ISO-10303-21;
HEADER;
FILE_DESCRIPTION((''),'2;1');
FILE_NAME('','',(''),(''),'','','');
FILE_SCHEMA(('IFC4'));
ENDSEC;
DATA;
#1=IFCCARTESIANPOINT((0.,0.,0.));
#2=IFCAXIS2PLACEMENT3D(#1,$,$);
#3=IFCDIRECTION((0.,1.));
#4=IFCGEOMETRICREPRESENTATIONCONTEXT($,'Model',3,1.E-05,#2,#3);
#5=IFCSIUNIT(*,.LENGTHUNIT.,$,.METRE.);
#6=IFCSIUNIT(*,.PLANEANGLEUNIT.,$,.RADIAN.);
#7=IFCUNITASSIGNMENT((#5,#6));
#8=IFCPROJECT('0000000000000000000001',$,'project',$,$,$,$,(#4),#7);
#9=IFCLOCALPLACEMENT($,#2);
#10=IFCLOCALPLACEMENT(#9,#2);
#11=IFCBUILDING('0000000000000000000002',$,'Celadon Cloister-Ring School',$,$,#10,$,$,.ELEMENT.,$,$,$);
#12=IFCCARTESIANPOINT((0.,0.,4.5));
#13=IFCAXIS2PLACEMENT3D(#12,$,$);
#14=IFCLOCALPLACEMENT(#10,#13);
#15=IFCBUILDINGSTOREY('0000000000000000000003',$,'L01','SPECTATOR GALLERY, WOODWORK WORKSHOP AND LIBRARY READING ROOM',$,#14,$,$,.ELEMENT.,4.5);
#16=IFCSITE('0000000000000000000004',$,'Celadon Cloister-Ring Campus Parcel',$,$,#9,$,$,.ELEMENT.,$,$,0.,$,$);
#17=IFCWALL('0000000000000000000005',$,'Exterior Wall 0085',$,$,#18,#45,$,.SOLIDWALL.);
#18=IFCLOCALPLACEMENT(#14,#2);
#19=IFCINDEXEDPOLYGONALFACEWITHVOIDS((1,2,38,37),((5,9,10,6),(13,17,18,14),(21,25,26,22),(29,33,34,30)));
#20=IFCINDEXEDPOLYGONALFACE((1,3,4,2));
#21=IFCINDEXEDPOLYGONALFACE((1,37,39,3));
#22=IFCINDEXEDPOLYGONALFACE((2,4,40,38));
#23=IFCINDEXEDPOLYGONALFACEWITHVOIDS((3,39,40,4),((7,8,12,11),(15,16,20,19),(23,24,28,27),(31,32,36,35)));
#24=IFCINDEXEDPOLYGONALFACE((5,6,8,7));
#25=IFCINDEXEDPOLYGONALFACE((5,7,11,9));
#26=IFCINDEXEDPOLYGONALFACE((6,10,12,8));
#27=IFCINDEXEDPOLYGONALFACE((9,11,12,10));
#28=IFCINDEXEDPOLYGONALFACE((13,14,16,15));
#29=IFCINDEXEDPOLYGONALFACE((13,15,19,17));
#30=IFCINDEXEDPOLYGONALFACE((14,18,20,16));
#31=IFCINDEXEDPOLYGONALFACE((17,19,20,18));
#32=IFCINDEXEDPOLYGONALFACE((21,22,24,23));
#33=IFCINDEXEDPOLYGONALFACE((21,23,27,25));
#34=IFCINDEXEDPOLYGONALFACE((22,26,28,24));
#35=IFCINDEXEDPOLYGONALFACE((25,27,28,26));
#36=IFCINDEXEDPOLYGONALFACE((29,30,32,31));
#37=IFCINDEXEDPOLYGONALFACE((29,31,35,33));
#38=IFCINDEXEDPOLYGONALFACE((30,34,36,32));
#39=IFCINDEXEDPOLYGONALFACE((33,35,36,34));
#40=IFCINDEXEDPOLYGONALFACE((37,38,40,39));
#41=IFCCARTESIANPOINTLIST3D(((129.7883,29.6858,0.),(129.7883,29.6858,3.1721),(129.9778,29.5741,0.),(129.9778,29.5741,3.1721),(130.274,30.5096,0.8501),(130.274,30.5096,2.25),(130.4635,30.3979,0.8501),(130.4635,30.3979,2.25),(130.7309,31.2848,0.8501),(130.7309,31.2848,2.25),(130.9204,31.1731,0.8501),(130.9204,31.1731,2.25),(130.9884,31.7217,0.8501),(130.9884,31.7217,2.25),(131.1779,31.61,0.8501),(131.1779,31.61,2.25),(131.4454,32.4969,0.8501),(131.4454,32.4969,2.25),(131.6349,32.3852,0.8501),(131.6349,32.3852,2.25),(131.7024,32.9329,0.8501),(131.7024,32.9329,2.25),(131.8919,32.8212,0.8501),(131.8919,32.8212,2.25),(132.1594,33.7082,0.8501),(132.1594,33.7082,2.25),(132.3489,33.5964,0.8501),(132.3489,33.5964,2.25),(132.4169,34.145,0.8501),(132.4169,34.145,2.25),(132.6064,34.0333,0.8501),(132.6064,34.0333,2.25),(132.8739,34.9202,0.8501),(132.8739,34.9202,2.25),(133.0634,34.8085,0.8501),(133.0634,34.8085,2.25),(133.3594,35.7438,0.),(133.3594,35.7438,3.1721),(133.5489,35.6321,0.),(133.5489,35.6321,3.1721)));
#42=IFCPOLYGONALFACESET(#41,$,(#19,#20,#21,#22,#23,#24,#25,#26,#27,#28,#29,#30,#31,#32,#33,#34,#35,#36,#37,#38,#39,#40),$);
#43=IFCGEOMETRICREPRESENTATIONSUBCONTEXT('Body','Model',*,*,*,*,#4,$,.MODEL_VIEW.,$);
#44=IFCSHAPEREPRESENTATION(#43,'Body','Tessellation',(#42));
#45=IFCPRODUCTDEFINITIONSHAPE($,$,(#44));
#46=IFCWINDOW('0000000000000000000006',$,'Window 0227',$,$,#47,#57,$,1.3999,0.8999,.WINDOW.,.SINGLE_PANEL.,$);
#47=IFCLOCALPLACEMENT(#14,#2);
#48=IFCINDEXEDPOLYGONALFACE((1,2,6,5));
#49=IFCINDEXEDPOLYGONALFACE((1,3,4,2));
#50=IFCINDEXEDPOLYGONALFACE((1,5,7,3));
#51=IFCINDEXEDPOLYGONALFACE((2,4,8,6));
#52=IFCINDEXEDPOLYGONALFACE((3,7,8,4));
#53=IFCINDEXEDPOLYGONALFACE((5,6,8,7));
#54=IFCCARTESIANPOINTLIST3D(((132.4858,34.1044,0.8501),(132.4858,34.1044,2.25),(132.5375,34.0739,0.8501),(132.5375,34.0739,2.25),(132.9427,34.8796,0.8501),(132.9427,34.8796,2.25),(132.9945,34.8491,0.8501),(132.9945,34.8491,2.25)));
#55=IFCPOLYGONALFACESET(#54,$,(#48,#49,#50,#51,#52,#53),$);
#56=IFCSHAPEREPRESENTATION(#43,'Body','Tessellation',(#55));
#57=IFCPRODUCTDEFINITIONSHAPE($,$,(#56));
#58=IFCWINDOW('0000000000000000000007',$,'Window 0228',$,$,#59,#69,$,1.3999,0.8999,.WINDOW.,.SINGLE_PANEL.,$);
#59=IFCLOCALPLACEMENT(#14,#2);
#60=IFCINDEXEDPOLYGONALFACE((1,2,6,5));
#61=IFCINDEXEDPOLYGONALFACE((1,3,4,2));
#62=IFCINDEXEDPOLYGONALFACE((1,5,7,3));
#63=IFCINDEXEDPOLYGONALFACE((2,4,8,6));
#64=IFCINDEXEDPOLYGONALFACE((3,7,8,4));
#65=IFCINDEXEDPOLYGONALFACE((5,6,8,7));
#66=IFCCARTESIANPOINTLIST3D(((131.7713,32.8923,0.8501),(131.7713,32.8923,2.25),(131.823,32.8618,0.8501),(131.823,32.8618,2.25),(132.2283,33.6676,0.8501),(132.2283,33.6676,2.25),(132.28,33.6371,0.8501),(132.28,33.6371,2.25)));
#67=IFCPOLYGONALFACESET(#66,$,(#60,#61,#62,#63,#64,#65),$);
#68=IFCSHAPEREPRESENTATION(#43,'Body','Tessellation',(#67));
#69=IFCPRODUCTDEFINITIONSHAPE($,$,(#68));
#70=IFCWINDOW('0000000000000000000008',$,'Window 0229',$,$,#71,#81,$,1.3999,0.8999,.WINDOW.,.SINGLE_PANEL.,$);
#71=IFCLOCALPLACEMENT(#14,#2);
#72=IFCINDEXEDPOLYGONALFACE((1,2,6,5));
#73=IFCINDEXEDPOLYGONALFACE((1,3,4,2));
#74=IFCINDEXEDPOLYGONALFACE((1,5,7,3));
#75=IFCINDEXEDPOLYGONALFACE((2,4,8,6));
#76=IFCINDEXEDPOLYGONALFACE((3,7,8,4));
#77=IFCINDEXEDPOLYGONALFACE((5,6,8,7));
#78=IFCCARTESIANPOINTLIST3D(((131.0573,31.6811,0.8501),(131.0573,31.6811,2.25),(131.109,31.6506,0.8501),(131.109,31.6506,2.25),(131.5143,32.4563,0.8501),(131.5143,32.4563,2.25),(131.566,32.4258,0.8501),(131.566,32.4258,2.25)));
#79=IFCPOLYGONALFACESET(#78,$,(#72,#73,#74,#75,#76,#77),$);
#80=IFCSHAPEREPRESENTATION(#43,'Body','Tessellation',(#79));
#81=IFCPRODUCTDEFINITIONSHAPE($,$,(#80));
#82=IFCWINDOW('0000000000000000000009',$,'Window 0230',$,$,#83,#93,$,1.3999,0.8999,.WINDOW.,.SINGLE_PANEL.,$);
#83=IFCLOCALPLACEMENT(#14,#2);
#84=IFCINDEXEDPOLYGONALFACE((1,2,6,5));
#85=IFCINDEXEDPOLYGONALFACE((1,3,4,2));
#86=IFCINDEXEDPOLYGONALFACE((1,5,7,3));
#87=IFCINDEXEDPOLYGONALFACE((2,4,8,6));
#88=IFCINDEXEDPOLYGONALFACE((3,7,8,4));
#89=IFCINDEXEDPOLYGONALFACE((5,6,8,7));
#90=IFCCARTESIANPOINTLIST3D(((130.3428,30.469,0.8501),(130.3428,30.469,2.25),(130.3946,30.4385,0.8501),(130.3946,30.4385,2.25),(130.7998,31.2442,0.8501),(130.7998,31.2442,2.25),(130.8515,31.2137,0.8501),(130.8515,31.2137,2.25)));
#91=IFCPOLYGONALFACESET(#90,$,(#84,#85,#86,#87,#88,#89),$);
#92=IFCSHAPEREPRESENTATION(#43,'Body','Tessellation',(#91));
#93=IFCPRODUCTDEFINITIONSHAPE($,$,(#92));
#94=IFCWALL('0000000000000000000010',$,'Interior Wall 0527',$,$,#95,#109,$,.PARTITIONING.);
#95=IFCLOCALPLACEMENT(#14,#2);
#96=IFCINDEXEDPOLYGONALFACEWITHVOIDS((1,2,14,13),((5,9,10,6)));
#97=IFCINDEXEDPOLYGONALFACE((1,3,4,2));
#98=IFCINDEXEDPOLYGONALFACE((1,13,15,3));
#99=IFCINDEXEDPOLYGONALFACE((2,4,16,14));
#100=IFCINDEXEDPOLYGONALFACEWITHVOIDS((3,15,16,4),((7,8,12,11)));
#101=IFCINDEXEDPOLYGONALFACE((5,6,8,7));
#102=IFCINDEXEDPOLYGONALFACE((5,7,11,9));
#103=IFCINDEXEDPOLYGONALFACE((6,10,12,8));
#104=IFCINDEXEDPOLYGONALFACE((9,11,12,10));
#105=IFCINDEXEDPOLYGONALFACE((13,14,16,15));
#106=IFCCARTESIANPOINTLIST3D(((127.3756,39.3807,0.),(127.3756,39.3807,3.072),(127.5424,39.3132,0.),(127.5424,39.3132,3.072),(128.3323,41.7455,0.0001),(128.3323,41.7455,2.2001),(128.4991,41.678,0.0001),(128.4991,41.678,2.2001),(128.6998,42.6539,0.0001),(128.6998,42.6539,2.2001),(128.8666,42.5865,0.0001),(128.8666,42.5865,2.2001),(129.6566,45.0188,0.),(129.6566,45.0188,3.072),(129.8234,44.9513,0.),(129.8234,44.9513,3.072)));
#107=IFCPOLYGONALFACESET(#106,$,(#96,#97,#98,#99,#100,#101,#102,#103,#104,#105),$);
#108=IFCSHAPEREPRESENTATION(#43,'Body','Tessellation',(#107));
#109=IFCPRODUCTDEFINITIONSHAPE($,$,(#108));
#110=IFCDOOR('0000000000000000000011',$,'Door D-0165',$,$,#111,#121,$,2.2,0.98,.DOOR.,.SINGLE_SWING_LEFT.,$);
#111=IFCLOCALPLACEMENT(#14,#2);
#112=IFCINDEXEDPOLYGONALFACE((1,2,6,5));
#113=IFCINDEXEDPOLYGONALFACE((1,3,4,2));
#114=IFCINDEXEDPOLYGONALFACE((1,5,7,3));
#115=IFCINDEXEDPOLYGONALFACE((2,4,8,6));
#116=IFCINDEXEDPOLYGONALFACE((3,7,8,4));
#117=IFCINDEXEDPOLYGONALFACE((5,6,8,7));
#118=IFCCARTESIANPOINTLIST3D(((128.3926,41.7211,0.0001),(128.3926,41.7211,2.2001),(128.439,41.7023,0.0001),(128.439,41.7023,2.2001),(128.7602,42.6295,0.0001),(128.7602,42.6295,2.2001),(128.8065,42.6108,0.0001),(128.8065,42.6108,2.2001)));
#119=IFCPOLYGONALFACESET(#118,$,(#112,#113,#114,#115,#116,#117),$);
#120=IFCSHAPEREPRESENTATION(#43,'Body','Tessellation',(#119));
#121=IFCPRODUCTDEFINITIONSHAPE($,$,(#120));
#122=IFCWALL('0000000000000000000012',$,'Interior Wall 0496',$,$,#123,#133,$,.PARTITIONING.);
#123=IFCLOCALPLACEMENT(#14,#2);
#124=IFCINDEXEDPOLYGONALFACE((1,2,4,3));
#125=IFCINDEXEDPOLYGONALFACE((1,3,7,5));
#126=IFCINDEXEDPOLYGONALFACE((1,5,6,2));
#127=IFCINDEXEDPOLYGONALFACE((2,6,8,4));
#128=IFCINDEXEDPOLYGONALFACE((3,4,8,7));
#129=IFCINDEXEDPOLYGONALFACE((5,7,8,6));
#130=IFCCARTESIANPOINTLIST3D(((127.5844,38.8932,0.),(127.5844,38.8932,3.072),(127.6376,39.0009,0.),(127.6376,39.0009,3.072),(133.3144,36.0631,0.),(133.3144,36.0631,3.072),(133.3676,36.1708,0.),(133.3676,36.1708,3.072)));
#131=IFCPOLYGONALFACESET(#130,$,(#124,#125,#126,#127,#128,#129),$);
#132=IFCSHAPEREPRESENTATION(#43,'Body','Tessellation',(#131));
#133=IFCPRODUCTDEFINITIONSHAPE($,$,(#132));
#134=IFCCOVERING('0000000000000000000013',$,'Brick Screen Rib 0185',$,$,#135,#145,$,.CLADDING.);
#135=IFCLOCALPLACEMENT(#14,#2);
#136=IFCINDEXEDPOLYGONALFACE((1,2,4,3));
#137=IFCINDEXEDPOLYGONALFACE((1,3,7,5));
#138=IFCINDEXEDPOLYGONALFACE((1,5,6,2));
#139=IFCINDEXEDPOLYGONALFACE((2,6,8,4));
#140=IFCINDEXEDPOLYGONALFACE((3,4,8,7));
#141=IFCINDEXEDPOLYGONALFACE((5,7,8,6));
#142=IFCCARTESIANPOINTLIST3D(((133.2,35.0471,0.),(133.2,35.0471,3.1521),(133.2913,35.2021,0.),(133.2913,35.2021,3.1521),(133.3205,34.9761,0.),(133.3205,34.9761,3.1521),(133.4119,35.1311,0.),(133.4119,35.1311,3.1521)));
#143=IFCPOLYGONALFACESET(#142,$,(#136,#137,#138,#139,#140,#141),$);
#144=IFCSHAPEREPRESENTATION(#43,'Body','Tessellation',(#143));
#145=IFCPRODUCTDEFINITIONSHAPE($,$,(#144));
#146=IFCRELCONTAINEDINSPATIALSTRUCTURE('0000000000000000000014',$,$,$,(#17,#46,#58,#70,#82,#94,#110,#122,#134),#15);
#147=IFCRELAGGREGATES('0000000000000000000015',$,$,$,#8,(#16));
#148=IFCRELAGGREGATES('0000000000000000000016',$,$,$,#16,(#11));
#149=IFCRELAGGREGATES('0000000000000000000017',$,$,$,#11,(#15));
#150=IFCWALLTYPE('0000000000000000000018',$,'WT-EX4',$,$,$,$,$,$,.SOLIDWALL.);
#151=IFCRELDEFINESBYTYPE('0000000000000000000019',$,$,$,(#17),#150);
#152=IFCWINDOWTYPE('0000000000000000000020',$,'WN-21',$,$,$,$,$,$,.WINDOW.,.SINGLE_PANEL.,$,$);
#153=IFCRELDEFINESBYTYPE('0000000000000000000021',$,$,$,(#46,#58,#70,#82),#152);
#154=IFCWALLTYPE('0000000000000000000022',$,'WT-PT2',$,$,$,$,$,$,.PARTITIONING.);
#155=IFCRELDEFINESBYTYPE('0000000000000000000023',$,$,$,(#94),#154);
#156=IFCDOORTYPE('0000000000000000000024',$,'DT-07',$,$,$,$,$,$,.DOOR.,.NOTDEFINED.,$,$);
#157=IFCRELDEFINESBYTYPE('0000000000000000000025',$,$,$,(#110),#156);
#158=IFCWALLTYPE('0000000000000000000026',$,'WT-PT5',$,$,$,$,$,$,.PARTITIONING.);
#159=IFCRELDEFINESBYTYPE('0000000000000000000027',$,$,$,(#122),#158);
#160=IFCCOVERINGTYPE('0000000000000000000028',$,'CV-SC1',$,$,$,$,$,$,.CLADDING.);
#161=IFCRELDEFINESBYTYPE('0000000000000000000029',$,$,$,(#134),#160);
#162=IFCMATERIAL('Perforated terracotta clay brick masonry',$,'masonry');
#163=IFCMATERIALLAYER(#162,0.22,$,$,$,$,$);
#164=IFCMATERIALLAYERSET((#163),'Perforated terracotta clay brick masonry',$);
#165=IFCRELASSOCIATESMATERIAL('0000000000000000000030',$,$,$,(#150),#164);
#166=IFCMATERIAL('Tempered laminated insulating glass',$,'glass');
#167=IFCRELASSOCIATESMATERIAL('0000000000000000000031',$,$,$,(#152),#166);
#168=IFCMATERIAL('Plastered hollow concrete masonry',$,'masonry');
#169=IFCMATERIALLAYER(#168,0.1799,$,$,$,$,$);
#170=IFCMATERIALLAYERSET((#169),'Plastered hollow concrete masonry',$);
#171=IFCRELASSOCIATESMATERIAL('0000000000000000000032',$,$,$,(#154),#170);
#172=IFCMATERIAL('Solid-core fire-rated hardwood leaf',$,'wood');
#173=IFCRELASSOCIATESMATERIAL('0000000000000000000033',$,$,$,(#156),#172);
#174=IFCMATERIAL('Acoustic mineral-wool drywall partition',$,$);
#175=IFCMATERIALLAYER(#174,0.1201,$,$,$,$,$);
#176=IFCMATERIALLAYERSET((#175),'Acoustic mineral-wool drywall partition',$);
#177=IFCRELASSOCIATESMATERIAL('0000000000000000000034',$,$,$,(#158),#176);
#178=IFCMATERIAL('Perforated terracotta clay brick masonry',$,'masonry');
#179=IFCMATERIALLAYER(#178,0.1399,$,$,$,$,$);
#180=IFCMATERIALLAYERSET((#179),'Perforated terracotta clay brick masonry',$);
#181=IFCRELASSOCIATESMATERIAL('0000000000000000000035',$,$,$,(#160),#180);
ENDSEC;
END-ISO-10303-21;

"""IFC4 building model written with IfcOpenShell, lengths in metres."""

from ifc_helpers import new_model, si_unit, direction, frame, frame_2d, origin, origin_2d, place, context, subcontext, project, spatial, rectangle, extrude, material, layer, layer_set, type_object, element, fill, save


model = new_model("IFC4")

# Units and contexts
model_context = context("Model", 3, precision=1e-05, world=origin(), true_north=direction((0.0, 1.0)))
body_context = subcontext(model_context, "Body", "Model", "MODEL_VIEW")
ifc_project = project(units=[si_unit("LENGTHUNIT", "METRE"), si_unit("PLANEANGLEUNIT", "RADIAN")], contexts=[model_context])

# Site, building, storey
site_placement = place(None, origin())
site = spatial("IfcSite", under=ifc_project, at=site_placement, Name="Celadon Cloister-Ring Campus Parcel", CompositionType="ELEMENT", RefElevation=0.0)
building_placement = place(site_placement, origin())
building = spatial("IfcBuilding", under=site, at=building_placement, Name="Celadon Cloister-Ring School", CompositionType="ELEMENT")
storey_placement = place(building_placement, frame((0.0, 0.0, 4.5)))
storey = spatial("IfcBuildingStorey", under=building, at=storey_placement, Name="L01", Description="SPECTATOR GALLERY, WOODWORK WORKSHOP AND LIBRARY READING ROOM", CompositionType="ELEMENT", Elevation=4.5)

# Wall, openings, windows
ifc_material_1 = material(Name="Perforated terracotta clay brick masonry", Category="masonry")
ifc_layer_1 = layer(ifc_material_1, 0.22)
ifc_layer_set_1 = layer_set([ifc_layer_1], Name="Perforated terracotta clay brick masonry")
wall_type_1 = type_object("IfcWallType", Name="WT-EX4", PredefinedType="SOLIDWALL", material=ifc_layer_set_1)
wall_1_placement = place(storey_placement, frame((133.4541, 35.688, 0.0), z_axis=(0.0, 0.0, 1.0), x_axis=(-0.507807, -0.861471, 0.0)))
wall_1 = element("IfcWall", 1, at=wall_1_placement, inside=storey, type_object=wall_type_1, Name="Exterior Wall 0085", PredefinedType="SOLIDWALL", context=body_context, shape_type="SweptSolid", body=[
    extrude(rectangle(XDim=7.0322, YDim=0.22, at=frame_2d((3.5161, 0.0))), origin(), (0.0, 0.0, 1.0), 3.1721),
])
opening_1_placement = place(wall_1_placement, frame((0.9561, 0.0, 0.8501)))
opening_1 = element("IfcOpeningElement", 2, at=opening_1_placement, cuts=wall_1, PredefinedType="OPENING", context=body_context, shape_type="SweptSolid", body=[
    extrude(rectangle(XDim=0.8999, YDim=1.3999, at=frame_2d((0.45, 0.7))), frame((0.0, 0.1201, 0.0), z_axis=(0.0, -1.0, 0.0), x_axis=(1.0, 0.0, 0.0)), (0.0, 0.0, 1.0), 0.24),
])
opening_2_placement = place(wall_1_placement, frame((2.363, 0.0, 0.8501)))
opening_2 = element("IfcOpeningElement", 3, at=opening_2_placement, cuts=wall_1, PredefinedType="OPENING", context=body_context, shape_type="SweptSolid", body=[
    extrude(rectangle(XDim=0.8999, YDim=1.3999, at=frame_2d((0.45, 0.7))), frame((0.0, 0.1201, 0.0), z_axis=(0.0, -1.0, 0.0), x_axis=(1.0, 0.0, 0.0)), (0.0, 0.0, 1.0), 0.24),
])
opening_3_placement = place(wall_1_placement, frame((3.769, 0.0, 0.8501)))
opening_3 = element("IfcOpeningElement", 4, at=opening_3_placement, cuts=wall_1, PredefinedType="OPENING", context=body_context, shape_type="SweptSolid", body=[
    extrude(rectangle(XDim=0.8999, YDim=1.3999, at=frame_2d((0.45, 0.7))), frame((0.0, 0.1201, 0.0), z_axis=(0.0, -1.0, 0.0), x_axis=(1.0, 0.0, 0.0)), (0.0, 0.0, 1.0), 0.24),
])
opening_4_placement = place(wall_1_placement, frame((5.176, 0.0, 0.8501)))
opening_4 = element("IfcOpeningElement", 5, at=opening_4_placement, cuts=wall_1, PredefinedType="OPENING", context=body_context, shape_type="SweptSolid", body=[
    extrude(rectangle(XDim=0.8999, YDim=1.3999, at=frame_2d((0.45, 0.7))), frame((0.0, 0.1201, 0.0), z_axis=(0.0, -1.0, 0.0), x_axis=(1.0, 0.0, 0.0)), (0.0, 0.0, 1.0), 0.24),
])
ifc_material_2 = material(Name="Tempered laminated insulating glass", Category="glass")
window_type = type_object("IfcWindowType", Name="WN-21", PartitioningType="SINGLE_PANEL", PredefinedType="WINDOW", material=ifc_material_2)
window_1_placement = place(opening_1_placement, origin())
window_1 = element("IfcWindow", 6, at=window_1_placement, inside=storey, type_object=window_type, Name="Window 0227", OverallHeight=1.3999, OverallWidth=0.8999, PartitioningType="SINGLE_PANEL", PredefinedType="WINDOW", context=body_context, shape_type="SweptSolid", body=[
    extrude(rectangle(XDim=0.8999, YDim=1.3999, at=frame_2d((0.45, 0.7))), frame((0.0, 0.03, 0.0), z_axis=(0.0, -1.0, 0.0), x_axis=(1.0, 0.0, 0.0)), (0.0, 0.0, 1.0), 0.0601),
])
fill(opening_1, window_1)
window_2_placement = place(opening_2_placement, origin())
window_2 = element("IfcWindow", 7, at=window_2_placement, inside=storey, type_object=window_type, Name="Window 0228", OverallHeight=1.3999, OverallWidth=0.8999, PartitioningType="SINGLE_PANEL", PredefinedType="WINDOW", context=body_context, shape_type="SweptSolid", body=[
    extrude(rectangle(XDim=0.8999, YDim=1.3999, at=frame_2d((0.45, 0.7))), frame((0.0, 0.03, 0.0), z_axis=(0.0, -1.0, 0.0), x_axis=(1.0, 0.0, 0.0)), (0.0, 0.0, 1.0), 0.0601),
])
fill(opening_2, window_2)
window_3_placement = place(opening_3_placement, origin())
window_3 = element("IfcWindow", 8, at=window_3_placement, inside=storey, type_object=window_type, Name="Window 0229", OverallHeight=1.3999, OverallWidth=0.8999, PartitioningType="SINGLE_PANEL", PredefinedType="WINDOW", context=body_context, shape_type="SweptSolid", body=[
    extrude(rectangle(XDim=0.8999, YDim=1.3999, at=frame_2d((0.45, 0.7))), frame((0.0, 0.03, 0.0), z_axis=(0.0, -1.0, 0.0), x_axis=(1.0, 0.0, 0.0)), (0.0, 0.0, 1.0), 0.0601),
])
fill(opening_3, window_3)
window_4_placement = place(opening_4_placement, origin())
window_4 = element("IfcWindow", 9, at=window_4_placement, inside=storey, type_object=window_type, Name="Window 0230", OverallHeight=1.3999, OverallWidth=0.8999, PartitioningType="SINGLE_PANEL", PredefinedType="WINDOW", context=body_context, shape_type="SweptSolid", body=[
    extrude(rectangle(XDim=0.8999, YDim=1.3999, at=frame_2d((0.45, 0.7))), frame((0.0, 0.03, 0.0), z_axis=(0.0, -1.0, 0.0), x_axis=(1.0, 0.0, 0.0)), (0.0, 0.0, 1.0), 0.0601),
])
fill(opening_4, window_4)

# Wall, opening, door
ifc_material_3 = material(Name="Plastered hollow concrete masonry", Category="masonry")
ifc_layer_2 = layer(ifc_material_3, 0.1799)
ifc_layer_set_2 = layer_set([ifc_layer_2], Name="Plastered hollow concrete masonry")
wall_type_2 = type_object("IfcWallType", Name="WT-PT2", PredefinedType="PARTITIONING", material=ifc_layer_set_2)
wall_2_placement = place(storey_placement, frame((127.459, 39.3469, 0.0), z_axis=(0.0, 0.0, 1.0), x_axis=(0.375035, 0.927011, 0.0)))
wall_2 = element("IfcWall", 10, at=wall_2_placement, inside=storey, type_object=wall_type_2, Name="Interior Wall 0527", PredefinedType="PARTITIONING", context=body_context, shape_type="SweptSolid", body=[
    extrude(rectangle(XDim=6.082, YDim=0.1799, at=frame_2d((3.041, 0.0))), origin(), (0.0, 0.0, 1.0), 3.072),
])
opening_5_placement = place(wall_2_placement, frame((2.551, 0.0, 0.0)))
opening_5 = element("IfcOpeningElement", 11, at=opening_5_placement, cuts=wall_2, PredefinedType="OPENING", context=body_context, shape_type="SweptSolid", body=[
    extrude(rectangle(XDim=0.98, YDim=2.2, at=frame_2d((0.49, 1.1001))), frame((0.0, 0.1001, 0.0), z_axis=(0.0, -1.0, 0.0), x_axis=(1.0, 0.0, 0.0)), (0.0, 0.0, 1.0), 0.2),
])
ifc_material_4 = material(Name="Solid-core fire-rated hardwood leaf", Category="wood")
door_type = type_object("IfcDoorType", Name="DT-07", OperationType="NOTDEFINED", PredefinedType="DOOR", material=ifc_material_4)
door_placement = place(opening_5_placement, origin())
door = element("IfcDoor", 12, at=door_placement, inside=storey, type_object=door_type, Name="Door D-0165", OperationType="SINGLE_SWING_LEFT", OverallHeight=2.2, OverallWidth=0.98, PredefinedType="DOOR", context=body_context, shape_type="SweptSolid", body=[
    extrude(rectangle(XDim=0.98, YDim=2.2, at=frame_2d((0.49, 1.1001))), frame((0.0, 0.0249, 0.0), z_axis=(0.0, -1.0, 0.0), x_axis=(1.0, 0.0, 0.0)), (0.0, 0.0, 1.0), 0.05),
])
fill(opening_5, door)

# Wall
ifc_material_5 = material(Name="Acoustic mineral-wool drywall partition")
ifc_layer_3 = layer(ifc_material_5, 0.1201)
ifc_layer_set_3 = layer_set([ifc_layer_3], Name="Acoustic mineral-wool drywall partition")
wall_type_3 = type_object("IfcWallType", Name="WT-PT5", PredefinedType="PARTITIONING", material=ifc_layer_set_3)
wall_3_placement = place(storey_placement, frame((127.6111, 38.947, 0.0), z_axis=(0.0, 0.0, 1.0), x_axis=(0.896602, -0.442838, 0.0)))
element("IfcWall", 13, at=wall_3_placement, inside=storey, type_object=wall_type_3, Name="Interior Wall 0496", PredefinedType="PARTITIONING", context=body_context, shape_type="SweptSolid", body=[
    extrude(rectangle(XDim=6.3909, YDim=0.1201, at=frame_2d((3.1953, 0.0))), origin(), (0.0, 0.0, 1.0), 3.072),
])

# Covering
ifc_material_6 = material(Name="Perforated terracotta clay brick masonry", Category="masonry")
ifc_layer_4 = layer(ifc_material_6, 0.1399)
ifc_layer_set_4 = layer_set([ifc_layer_4], Name="Perforated terracotta clay brick masonry")
covering_type = type_object("IfcCoveringType", Name="CV-SC1", PredefinedType="CLADDING", material=ifc_layer_set_4)
covering_placement = place(storey_placement, frame((133.3059, 35.0891, 0.0), z_axis=(0.0, 0.0, 1.0), x_axis=(-0.507809, -0.86147, 0.0)))
element("IfcCovering", 14, at=covering_placement, inside=storey, type_object=covering_type, Name="Brick Screen Rib 0185", PredefinedType="CLADDING", context=body_context, shape_type="SweptSolid", body=[
    extrude(rectangle(XDim=0.1799, YDim=0.1399, at=origin_2d()), origin(), (0.0, 0.0, 1.0), 3.1521),
])

save(model, "model.ifc")
